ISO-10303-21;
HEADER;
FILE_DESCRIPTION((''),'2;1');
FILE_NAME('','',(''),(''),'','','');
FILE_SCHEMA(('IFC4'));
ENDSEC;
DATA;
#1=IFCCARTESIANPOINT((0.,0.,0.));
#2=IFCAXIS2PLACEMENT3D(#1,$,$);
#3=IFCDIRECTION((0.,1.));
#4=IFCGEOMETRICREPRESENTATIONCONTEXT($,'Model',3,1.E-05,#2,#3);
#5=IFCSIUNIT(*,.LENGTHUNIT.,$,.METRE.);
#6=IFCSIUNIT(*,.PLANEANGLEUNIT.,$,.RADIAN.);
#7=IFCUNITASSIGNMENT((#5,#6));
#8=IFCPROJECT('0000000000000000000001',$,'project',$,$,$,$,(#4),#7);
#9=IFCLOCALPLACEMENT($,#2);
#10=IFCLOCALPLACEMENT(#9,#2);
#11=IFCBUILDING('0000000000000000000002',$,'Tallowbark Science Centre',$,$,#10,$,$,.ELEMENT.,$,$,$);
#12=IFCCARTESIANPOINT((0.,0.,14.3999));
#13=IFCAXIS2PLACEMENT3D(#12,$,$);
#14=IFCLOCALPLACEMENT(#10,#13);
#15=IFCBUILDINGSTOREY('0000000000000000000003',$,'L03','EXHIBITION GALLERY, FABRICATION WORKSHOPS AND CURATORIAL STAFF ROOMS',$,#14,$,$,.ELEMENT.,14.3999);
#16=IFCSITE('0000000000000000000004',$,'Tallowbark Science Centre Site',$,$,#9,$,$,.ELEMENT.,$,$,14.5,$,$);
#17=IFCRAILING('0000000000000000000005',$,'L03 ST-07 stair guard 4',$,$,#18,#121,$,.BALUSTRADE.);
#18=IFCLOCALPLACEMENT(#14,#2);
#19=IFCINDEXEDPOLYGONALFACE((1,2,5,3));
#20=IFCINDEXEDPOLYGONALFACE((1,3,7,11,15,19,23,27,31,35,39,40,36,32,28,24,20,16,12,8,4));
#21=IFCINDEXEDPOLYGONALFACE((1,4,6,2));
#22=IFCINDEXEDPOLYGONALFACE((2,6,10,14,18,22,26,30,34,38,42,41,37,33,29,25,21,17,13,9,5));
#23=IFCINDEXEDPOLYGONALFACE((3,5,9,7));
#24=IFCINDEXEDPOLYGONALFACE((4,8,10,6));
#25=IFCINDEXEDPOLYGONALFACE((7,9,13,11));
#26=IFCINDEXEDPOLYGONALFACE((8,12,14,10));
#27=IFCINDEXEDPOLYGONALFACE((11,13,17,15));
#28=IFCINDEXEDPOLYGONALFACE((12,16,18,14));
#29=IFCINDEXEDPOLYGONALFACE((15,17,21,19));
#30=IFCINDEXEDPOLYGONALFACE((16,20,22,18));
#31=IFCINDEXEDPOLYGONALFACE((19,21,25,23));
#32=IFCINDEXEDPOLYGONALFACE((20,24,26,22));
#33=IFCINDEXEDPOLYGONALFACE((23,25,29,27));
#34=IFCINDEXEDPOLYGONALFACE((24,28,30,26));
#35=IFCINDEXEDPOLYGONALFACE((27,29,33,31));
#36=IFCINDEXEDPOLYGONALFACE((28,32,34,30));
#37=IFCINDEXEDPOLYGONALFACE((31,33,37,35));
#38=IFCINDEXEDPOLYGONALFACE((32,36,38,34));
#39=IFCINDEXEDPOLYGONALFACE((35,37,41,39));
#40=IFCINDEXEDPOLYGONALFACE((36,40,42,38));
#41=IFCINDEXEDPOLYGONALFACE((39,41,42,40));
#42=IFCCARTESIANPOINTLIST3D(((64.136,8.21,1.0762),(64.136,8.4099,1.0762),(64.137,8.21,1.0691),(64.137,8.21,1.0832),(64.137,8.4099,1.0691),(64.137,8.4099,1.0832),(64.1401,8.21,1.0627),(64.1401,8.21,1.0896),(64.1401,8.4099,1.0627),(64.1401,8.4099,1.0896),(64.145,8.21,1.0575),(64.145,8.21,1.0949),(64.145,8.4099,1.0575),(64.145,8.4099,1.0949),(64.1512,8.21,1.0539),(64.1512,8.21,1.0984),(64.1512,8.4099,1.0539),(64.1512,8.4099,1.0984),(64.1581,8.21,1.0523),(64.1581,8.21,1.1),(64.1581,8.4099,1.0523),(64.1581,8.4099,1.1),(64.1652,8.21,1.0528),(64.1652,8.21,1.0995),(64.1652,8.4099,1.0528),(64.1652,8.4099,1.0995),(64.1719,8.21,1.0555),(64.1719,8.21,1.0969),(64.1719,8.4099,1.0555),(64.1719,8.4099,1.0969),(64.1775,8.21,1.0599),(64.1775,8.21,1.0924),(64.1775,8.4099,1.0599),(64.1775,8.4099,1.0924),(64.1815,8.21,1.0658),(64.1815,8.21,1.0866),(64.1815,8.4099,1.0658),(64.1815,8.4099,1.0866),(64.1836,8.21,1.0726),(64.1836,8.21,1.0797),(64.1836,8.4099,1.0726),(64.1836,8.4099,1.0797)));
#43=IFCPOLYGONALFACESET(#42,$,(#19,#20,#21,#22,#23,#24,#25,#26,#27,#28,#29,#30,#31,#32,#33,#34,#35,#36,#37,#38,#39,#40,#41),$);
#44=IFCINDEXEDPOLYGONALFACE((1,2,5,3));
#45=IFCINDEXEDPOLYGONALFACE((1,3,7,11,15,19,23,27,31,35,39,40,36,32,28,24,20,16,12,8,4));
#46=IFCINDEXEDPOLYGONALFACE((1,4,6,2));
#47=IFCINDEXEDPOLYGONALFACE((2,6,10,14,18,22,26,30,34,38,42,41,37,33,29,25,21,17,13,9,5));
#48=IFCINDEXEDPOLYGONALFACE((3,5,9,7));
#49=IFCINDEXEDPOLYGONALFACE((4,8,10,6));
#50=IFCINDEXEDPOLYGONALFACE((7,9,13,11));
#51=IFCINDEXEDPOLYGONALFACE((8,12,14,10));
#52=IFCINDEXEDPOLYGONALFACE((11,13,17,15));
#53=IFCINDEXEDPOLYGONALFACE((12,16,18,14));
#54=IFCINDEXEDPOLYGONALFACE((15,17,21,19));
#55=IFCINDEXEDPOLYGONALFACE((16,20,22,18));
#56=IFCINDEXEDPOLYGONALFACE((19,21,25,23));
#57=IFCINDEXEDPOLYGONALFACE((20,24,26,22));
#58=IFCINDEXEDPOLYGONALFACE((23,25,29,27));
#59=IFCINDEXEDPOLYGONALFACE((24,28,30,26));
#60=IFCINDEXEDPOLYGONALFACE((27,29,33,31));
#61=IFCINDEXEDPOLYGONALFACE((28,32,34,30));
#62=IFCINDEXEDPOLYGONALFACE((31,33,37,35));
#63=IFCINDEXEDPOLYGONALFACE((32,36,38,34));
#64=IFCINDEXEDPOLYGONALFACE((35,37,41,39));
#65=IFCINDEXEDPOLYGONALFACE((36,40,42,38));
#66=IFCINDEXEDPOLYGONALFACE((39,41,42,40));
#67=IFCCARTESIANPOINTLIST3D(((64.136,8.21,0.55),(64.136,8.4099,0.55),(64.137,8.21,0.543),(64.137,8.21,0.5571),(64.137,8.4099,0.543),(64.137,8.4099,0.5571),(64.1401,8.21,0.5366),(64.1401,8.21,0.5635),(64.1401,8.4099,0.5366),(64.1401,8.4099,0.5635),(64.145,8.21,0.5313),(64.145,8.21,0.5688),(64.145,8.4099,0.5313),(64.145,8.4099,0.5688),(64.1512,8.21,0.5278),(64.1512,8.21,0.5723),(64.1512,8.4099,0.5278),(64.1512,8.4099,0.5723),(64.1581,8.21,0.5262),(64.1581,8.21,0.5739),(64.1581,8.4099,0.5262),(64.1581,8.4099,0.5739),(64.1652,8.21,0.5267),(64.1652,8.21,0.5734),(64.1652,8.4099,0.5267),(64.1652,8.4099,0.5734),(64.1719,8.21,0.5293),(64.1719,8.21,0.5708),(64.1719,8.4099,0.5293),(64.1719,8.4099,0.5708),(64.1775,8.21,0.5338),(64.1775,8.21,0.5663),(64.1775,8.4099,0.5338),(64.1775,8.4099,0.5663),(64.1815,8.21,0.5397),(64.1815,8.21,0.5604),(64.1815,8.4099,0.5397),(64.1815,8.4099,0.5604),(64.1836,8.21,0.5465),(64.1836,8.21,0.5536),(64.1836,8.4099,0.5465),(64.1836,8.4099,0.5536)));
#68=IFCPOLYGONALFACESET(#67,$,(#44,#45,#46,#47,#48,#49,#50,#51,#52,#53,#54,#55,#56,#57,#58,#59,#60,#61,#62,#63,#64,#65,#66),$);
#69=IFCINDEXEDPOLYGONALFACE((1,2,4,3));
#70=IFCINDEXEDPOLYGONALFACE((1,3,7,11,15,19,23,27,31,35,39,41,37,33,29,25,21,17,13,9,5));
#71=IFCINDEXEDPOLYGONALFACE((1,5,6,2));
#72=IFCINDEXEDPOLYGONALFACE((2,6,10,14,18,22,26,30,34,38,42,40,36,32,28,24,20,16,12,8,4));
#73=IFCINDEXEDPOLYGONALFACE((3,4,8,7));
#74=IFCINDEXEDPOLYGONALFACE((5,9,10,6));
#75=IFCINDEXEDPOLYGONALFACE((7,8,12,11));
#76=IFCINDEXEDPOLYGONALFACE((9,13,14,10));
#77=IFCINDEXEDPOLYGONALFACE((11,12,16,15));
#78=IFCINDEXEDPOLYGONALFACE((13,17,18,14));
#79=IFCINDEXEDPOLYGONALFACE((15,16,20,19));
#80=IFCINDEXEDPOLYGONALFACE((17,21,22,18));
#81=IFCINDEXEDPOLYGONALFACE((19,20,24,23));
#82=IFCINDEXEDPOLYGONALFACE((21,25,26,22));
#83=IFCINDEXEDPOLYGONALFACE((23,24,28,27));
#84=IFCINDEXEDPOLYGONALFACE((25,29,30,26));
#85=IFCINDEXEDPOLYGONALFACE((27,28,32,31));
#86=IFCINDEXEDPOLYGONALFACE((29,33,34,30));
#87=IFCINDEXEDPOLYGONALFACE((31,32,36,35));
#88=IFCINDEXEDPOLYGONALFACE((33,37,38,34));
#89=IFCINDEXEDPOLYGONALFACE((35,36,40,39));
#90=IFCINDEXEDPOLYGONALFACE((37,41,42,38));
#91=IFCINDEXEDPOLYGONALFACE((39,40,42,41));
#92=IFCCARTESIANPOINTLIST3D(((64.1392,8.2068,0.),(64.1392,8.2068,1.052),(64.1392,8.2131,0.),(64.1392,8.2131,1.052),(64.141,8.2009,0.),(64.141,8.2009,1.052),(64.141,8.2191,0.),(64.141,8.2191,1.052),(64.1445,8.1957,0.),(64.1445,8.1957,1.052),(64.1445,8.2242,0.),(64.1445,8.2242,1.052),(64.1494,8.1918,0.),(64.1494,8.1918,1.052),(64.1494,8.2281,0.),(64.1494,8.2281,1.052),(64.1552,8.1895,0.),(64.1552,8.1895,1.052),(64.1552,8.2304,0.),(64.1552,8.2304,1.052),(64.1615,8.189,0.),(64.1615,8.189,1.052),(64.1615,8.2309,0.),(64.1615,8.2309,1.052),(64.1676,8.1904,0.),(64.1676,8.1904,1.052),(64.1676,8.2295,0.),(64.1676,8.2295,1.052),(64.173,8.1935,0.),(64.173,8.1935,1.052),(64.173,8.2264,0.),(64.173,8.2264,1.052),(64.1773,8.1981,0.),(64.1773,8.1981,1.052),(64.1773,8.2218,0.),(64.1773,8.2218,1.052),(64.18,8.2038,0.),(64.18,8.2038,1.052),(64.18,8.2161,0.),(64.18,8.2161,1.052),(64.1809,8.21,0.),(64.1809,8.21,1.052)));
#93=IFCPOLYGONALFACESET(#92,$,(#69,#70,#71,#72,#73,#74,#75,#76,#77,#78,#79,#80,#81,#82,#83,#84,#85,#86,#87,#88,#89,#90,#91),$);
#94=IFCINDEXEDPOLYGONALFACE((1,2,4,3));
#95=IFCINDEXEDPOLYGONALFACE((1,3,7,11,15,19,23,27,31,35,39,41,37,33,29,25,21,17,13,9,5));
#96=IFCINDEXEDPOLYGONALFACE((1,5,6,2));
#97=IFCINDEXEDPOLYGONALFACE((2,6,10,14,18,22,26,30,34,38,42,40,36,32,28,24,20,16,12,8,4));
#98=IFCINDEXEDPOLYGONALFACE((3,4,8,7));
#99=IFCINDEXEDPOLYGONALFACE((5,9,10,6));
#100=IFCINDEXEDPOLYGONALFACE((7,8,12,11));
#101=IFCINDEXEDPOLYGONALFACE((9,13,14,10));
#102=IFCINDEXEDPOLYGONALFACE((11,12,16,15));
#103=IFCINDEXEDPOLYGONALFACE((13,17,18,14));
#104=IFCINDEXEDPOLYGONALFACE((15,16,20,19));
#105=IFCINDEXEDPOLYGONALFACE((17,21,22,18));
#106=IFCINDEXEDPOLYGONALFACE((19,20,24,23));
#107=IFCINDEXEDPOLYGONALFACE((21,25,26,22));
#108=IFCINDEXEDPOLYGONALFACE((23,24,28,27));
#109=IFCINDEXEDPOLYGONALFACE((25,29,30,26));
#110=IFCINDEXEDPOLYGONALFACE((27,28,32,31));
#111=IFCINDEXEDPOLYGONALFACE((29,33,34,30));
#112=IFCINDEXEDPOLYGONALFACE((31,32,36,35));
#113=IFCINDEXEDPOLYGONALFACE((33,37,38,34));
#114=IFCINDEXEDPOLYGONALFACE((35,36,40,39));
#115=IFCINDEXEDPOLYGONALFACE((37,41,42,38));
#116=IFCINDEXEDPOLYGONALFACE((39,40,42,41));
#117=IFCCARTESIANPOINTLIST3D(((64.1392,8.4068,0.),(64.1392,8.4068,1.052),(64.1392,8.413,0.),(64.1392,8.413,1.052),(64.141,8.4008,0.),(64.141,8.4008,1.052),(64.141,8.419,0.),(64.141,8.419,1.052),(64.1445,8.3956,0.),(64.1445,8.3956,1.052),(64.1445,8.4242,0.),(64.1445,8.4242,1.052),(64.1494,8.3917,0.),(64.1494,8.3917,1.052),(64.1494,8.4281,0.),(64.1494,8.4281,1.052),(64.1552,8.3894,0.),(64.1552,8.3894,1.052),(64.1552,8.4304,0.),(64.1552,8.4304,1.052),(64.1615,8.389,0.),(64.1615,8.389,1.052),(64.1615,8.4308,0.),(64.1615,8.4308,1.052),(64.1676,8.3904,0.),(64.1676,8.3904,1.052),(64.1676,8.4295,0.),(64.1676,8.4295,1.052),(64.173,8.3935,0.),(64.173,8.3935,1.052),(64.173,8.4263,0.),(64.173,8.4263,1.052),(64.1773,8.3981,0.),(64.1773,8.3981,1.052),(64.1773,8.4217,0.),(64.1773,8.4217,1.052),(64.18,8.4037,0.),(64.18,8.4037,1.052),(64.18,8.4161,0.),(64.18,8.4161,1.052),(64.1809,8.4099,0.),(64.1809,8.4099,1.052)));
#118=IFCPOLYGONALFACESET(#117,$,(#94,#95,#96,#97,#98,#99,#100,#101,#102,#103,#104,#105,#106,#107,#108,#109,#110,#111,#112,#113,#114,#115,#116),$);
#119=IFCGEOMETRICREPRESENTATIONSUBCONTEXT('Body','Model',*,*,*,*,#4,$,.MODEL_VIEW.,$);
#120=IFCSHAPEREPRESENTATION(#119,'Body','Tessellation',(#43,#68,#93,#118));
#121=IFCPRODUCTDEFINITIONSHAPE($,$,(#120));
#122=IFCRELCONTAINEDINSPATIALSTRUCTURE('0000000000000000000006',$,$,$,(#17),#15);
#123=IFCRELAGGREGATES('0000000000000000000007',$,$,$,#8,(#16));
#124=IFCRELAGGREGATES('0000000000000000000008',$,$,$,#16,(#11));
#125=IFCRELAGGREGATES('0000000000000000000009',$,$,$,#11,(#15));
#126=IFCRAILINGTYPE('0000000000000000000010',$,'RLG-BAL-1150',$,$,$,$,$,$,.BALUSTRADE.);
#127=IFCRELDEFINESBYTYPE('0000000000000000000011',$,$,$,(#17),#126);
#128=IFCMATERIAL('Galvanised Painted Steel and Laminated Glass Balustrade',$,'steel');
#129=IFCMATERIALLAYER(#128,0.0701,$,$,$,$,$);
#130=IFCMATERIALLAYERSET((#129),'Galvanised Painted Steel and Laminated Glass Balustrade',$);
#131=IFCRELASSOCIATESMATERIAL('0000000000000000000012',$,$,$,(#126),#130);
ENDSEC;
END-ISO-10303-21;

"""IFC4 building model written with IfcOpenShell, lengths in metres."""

from ifc_helpers import new_model, si_unit, direction, frame, origin, origin_2d, place, context, subcontext, project, spatial, circle, extrude, material, layer, layer_set, type_object, element, save


model = new_model("IFC4")

# Units and contexts
model_context = context("Model", 3, precision=1e-05, world=origin(), true_north=direction((0.0, 1.0)))
body_context = subcontext(model_context, "Body", "Model", "MODEL_VIEW")
ifc_project = project(units=[si_unit("LENGTHUNIT", "METRE"), si_unit("PLANEANGLEUNIT", "RADIAN")], contexts=[model_context])

# Site, building, storey
site_placement = place(None, origin())
site = spatial("IfcSite", under=ifc_project, at=site_placement, Name="Tallowbark Science Centre Site", CompositionType="ELEMENT", RefElevation=14.5)
building_placement = place(site_placement, origin())
building = spatial("IfcBuilding", under=site, at=building_placement, Name="Tallowbark Science Centre", CompositionType="ELEMENT")
storey_placement = place(building_placement, frame((0.0, 0.0, 14.3999)))
storey = spatial("IfcBuildingStorey", under=building, at=storey_placement, Name="L03", Description="EXHIBITION GALLERY, FABRICATION WORKSHOPS AND CURATORIAL STAFF ROOMS", CompositionType="ELEMENT", Elevation=14.3999)

# Railing
ifc_material_1 = material(Name="Galvanised Painted Steel and Laminated Glass Balustrade", Category="steel")
ifc_layer_1 = layer(ifc_material_1, 0.0701)
ifc_layer_set_1 = layer_set([ifc_layer_1], Name="Galvanised Painted Steel and Laminated Glass Balustrade")
railing_type_1 = type_object("IfcRailingType", Name="RLG-BAL-1150", PredefinedType="BALUSTRADE", material=ifc_layer_set_1)
railing_1_placement = place(storey_placement, frame((64.1599, 8.21, 0.0)))
element("IfcRailing", 1, at=railing_1_placement, inside=storey, type_object=railing_type_1, Name="L03 ST-07 stair guard 4", PredefinedType="BALUSTRADE", context=body_context, shape_type="SweptSolid", body=[
    extrude(circle(Radius=0.0239, at=origin_2d()), frame((0.0, 0.0, 1.0762), z_axis=(0.0, 1.0, 0.0), x_axis=(-1.0, 0.0, 0.0)), (0.0, 0.0, 1.0), 0.2),
    extrude(circle(Radius=0.0239, at=origin_2d()), frame((0.0, 0.0, 0.55), z_axis=(0.0, 1.0, 0.0), x_axis=(-1.0, 0.0, 0.0)), (0.0, 0.0, 1.0), 0.2),
    extrude(circle(Radius=0.021, at=origin_2d()), origin(), (0.0, 0.0, 1.0), 1.052),
    extrude(circle(Radius=0.021, at=origin_2d()), frame((0.0, 0.2, 0.0)), (0.0, 0.0, 1.0), 1.052),
])

save(model, "model.ifc")
